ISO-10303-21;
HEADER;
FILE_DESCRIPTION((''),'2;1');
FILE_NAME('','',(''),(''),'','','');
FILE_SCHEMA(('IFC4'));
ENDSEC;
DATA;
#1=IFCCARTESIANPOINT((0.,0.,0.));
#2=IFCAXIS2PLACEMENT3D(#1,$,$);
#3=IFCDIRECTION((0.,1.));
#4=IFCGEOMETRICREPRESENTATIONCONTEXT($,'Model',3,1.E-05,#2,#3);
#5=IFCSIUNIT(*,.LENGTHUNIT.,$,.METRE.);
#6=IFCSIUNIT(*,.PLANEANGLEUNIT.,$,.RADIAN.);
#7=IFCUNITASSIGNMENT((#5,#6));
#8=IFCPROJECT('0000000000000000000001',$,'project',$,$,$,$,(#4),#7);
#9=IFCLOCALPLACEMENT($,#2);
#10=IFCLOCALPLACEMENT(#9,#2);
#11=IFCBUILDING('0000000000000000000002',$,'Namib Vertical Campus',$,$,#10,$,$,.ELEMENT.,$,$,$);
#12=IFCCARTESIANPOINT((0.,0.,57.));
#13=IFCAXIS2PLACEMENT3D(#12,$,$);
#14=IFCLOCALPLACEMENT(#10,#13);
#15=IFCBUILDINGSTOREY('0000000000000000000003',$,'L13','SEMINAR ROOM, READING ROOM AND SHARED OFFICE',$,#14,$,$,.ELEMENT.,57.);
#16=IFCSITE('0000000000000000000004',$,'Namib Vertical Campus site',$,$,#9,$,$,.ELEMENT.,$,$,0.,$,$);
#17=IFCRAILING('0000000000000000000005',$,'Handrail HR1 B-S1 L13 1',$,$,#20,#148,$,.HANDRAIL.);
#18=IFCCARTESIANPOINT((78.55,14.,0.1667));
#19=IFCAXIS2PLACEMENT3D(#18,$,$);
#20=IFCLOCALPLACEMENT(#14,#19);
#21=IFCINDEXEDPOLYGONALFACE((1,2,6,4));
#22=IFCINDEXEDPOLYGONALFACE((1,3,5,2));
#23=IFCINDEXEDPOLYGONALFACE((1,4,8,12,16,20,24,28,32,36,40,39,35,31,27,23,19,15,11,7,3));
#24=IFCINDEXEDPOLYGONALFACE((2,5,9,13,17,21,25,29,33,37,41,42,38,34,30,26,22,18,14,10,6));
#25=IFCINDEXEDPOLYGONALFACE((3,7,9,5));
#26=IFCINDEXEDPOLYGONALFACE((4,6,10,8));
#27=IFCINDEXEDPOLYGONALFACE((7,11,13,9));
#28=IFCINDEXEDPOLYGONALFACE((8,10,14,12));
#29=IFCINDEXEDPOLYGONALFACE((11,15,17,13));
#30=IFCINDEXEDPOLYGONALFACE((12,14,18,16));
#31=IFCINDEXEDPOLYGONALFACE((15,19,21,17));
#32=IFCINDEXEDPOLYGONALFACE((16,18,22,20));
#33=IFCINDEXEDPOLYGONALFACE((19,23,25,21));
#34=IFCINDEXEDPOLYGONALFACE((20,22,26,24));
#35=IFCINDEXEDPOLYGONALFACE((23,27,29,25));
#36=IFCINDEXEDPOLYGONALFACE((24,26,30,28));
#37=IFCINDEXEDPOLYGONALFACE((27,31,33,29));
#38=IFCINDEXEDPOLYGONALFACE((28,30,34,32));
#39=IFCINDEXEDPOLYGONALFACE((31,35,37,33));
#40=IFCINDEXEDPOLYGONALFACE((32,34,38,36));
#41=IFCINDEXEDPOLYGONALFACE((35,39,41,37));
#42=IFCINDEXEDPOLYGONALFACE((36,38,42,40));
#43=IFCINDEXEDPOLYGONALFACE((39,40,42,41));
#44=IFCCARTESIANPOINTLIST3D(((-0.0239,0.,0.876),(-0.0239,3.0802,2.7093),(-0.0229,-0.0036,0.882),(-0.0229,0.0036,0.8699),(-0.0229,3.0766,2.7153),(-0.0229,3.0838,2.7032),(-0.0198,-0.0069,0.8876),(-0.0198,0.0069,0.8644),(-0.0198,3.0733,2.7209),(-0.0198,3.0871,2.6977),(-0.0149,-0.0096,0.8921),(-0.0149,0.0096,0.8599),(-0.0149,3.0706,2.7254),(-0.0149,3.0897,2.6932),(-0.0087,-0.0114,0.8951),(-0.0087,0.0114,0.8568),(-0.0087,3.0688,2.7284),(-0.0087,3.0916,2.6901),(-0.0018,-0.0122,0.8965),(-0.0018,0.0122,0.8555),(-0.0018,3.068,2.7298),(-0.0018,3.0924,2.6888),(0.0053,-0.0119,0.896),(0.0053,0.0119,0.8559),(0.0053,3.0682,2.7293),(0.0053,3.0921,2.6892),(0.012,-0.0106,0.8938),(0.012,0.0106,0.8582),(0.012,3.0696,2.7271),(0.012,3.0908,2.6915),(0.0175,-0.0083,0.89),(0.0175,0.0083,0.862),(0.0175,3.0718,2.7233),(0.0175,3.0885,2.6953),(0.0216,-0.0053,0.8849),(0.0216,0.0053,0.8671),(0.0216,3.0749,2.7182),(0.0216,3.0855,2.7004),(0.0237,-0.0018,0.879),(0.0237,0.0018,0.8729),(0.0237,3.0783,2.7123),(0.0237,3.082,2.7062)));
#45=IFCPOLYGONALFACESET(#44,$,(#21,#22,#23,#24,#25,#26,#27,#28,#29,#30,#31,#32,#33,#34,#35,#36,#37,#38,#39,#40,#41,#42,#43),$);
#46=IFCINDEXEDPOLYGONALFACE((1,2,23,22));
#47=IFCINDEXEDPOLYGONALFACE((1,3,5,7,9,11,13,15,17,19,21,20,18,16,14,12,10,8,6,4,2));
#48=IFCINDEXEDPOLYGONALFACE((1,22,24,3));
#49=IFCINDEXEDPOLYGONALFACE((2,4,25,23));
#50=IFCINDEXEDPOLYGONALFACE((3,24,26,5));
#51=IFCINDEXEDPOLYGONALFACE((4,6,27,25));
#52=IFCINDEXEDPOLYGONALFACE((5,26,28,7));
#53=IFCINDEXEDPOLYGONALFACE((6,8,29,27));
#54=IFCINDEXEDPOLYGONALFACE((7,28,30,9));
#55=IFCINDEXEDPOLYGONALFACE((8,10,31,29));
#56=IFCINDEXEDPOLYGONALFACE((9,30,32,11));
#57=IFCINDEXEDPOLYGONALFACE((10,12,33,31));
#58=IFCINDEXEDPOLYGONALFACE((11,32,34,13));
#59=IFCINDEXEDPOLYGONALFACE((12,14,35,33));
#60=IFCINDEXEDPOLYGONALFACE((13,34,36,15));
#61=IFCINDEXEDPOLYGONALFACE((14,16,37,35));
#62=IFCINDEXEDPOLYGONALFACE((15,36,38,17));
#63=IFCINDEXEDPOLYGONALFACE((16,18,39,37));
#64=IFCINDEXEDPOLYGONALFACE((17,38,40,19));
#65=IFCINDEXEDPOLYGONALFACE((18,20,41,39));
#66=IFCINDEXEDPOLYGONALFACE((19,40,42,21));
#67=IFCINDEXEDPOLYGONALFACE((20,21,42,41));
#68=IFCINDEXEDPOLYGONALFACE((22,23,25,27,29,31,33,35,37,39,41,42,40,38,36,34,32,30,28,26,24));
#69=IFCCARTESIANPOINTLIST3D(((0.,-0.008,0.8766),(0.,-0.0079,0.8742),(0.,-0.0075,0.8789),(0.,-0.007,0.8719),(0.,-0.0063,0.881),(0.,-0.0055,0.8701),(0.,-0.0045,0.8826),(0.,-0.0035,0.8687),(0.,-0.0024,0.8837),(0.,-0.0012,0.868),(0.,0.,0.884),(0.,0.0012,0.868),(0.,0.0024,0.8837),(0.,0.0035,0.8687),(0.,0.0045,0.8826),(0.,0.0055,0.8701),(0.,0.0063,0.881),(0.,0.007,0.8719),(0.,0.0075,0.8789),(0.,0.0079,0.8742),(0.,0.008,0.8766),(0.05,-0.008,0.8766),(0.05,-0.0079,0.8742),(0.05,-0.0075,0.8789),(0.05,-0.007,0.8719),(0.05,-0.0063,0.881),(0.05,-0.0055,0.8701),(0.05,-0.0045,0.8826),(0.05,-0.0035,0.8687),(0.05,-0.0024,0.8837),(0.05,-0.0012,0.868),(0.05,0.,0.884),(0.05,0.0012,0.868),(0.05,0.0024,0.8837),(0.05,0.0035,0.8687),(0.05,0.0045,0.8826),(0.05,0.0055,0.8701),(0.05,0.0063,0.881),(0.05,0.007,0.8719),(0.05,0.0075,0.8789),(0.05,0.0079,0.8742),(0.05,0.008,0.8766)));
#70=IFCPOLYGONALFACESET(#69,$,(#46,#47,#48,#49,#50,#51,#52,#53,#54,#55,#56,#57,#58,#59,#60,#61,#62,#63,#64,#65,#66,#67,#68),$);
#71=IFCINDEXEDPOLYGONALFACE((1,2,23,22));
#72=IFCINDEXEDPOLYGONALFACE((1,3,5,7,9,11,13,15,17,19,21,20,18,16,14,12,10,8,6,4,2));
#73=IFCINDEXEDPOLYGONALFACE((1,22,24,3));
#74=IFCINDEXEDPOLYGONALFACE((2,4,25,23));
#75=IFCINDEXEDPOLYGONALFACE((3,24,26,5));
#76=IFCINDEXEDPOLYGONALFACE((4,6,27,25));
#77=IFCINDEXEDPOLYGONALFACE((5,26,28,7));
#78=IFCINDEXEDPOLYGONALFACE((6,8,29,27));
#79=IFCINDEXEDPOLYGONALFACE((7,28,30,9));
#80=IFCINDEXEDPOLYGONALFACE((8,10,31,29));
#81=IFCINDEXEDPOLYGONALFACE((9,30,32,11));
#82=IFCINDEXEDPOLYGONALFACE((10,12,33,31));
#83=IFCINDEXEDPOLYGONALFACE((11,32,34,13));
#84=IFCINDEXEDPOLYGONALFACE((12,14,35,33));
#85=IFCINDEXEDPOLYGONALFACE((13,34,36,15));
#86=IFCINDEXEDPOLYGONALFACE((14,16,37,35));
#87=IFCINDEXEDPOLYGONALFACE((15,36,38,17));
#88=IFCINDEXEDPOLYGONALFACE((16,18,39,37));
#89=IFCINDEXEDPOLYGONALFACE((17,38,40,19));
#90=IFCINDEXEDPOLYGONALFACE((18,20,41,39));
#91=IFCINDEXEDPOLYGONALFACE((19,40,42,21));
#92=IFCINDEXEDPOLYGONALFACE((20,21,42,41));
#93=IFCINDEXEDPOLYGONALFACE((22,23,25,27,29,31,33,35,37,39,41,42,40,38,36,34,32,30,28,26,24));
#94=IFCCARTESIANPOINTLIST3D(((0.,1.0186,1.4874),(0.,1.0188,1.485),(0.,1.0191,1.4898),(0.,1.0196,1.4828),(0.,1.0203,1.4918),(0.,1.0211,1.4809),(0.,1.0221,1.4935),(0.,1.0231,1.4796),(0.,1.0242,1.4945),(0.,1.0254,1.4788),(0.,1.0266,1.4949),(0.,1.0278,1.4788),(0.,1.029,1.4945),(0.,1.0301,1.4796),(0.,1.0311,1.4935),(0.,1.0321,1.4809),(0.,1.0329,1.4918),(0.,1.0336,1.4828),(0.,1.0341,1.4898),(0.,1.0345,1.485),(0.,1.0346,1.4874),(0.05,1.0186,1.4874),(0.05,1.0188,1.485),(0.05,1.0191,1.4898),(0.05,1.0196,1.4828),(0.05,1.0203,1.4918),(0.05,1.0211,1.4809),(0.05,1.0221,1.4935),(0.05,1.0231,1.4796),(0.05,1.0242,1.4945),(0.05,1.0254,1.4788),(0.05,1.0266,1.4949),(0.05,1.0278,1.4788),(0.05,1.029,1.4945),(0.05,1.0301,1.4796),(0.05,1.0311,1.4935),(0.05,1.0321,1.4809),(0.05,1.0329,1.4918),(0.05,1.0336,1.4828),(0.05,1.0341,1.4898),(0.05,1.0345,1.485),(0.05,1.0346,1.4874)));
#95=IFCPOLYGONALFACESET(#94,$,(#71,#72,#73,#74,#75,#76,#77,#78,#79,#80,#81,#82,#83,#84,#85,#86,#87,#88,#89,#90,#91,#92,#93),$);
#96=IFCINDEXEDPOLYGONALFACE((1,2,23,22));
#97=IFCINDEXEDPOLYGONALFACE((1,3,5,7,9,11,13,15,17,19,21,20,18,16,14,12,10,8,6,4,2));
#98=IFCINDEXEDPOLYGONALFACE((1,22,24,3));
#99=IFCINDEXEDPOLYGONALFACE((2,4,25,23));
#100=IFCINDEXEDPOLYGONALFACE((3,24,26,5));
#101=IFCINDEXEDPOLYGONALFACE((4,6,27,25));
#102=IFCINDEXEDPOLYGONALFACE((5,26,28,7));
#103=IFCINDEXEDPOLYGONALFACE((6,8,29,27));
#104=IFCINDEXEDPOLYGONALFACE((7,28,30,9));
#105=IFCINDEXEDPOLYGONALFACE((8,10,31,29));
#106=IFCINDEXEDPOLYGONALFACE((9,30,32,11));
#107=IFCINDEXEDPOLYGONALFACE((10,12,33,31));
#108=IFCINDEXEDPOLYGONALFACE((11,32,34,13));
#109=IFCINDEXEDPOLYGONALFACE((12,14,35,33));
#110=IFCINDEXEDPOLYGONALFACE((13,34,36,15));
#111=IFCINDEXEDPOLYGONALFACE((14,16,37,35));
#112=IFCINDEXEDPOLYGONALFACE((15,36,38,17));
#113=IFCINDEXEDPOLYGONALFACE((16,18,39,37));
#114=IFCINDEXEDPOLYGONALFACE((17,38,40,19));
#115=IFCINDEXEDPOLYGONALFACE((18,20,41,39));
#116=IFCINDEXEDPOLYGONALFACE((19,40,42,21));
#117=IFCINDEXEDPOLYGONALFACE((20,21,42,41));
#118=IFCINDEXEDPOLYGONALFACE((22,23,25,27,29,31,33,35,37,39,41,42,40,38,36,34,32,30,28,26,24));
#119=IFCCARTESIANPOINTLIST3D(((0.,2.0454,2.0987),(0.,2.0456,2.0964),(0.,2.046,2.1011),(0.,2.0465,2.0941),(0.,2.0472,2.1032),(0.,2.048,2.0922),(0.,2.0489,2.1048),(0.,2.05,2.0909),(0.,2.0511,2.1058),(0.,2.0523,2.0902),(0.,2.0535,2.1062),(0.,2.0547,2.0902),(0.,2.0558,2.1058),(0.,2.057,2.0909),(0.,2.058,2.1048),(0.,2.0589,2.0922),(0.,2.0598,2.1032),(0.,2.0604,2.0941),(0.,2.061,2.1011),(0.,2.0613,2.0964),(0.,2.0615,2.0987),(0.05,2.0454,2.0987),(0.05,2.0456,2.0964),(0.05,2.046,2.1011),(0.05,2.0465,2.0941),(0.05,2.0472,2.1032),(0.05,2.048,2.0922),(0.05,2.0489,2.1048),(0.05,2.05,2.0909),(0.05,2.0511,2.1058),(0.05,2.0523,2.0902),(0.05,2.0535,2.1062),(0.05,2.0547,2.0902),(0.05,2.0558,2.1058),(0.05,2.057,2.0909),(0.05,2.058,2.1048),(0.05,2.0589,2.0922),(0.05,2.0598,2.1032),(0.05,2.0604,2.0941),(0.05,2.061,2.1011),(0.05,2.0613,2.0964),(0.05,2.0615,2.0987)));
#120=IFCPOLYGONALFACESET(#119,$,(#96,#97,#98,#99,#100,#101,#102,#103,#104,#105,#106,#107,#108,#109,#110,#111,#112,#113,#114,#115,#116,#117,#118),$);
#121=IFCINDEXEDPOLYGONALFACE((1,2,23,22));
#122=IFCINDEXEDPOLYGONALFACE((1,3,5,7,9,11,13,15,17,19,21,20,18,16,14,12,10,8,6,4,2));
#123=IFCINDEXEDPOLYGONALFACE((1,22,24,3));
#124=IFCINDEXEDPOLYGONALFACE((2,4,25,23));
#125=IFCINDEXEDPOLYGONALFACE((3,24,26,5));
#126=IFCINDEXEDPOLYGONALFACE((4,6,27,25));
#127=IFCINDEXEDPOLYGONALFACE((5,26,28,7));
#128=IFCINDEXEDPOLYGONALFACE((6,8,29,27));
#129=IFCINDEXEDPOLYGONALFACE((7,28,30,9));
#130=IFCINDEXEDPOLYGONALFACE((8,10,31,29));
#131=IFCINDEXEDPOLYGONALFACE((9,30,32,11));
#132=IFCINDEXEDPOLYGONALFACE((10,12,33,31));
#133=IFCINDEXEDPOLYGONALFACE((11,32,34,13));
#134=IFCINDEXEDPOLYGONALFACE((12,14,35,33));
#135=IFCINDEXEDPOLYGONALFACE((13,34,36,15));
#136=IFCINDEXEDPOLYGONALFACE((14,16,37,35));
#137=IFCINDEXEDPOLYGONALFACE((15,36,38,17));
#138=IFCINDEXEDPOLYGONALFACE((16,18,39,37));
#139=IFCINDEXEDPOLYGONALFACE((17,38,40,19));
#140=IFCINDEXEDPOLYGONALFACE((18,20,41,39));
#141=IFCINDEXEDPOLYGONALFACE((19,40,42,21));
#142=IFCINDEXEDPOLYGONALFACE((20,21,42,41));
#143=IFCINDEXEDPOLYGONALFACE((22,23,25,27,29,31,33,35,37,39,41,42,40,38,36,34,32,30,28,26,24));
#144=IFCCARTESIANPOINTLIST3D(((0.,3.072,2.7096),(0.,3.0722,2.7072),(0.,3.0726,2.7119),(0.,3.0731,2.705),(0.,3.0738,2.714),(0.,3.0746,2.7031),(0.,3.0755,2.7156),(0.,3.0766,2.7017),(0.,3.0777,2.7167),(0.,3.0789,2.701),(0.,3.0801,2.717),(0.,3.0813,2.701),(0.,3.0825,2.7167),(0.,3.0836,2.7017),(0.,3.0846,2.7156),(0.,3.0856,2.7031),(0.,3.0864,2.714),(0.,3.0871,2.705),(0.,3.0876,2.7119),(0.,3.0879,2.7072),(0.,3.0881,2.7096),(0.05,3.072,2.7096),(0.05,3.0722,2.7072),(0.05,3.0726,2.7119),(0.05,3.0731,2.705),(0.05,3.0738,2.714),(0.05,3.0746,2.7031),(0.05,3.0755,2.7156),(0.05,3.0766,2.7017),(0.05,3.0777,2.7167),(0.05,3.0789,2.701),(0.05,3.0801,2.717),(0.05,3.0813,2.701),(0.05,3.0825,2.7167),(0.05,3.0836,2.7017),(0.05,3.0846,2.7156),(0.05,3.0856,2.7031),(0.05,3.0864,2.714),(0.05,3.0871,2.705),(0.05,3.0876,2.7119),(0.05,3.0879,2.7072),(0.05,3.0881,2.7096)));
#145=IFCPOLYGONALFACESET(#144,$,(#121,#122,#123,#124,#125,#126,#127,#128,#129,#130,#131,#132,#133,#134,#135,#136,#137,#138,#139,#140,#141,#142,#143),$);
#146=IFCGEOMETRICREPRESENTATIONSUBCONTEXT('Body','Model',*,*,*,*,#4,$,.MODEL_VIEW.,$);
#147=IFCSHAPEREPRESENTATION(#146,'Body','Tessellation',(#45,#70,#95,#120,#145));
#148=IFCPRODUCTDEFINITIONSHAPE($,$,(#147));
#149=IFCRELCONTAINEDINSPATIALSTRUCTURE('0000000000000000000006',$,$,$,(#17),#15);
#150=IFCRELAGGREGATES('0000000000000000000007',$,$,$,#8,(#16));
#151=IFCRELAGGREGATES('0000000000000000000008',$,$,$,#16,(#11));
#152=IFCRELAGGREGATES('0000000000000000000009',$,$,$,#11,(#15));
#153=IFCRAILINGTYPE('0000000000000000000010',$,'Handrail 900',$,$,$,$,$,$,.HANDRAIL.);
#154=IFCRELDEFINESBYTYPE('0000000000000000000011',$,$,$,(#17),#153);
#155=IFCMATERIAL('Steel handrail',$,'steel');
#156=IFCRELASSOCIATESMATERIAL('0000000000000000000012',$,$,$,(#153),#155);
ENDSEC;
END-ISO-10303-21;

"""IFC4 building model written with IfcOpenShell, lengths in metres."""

from ifc_helpers import new_model, si_unit, direction, frame, origin, origin_2d, place, context, subcontext, project, spatial, circle, extrude, material, type_object, element, save


model = new_model("IFC4")

# Units and contexts
model_context = context("Model", 3, precision=1e-05, world=origin(), true_north=direction((0.0, 1.0)))
body_context = subcontext(model_context, "Body", "Model", "MODEL_VIEW")
ifc_project = project(units=[si_unit("LENGTHUNIT", "METRE"), si_unit("PLANEANGLEUNIT", "RADIAN")], contexts=[model_context])

# Site, building, storey
site_placement = place(None, origin())
site = spatial("IfcSite", under=ifc_project, at=site_placement, Name="Namib Vertical Campus site", CompositionType="ELEMENT", RefElevation=0.0)
building_placement = place(site_placement, origin())
building = spatial("IfcBuilding", under=site, at=building_placement, Name="Namib Vertical Campus", CompositionType="ELEMENT")
storey_placement = place(building_placement, frame((0.0, 0.0, 57.0)))
storey = spatial("IfcBuildingStorey", under=building, at=storey_placement, Name="L13", Description="SEMINAR ROOM, READING ROOM AND SHARED OFFICE", CompositionType="ELEMENT", Elevation=57.0)

# Railing
ifc_material_1 = material(Name="Steel handrail", Category="steel")
railing_type_1 = type_object("IfcRailingType", Name="Handrail 900", PredefinedType="HANDRAIL", material=ifc_material_1)
railing_1_placement = place(storey_placement, frame((78.55, 14.0, 0.1667)))
element("IfcRailing", 1, at=railing_1_placement, inside=storey, type_object=railing_type_1, Name="Handrail HR1 B-S1 L13 1", PredefinedType="HANDRAIL", context=body_context, shape_type="SweptSolid", body=[
    extrude(circle(Radius=0.0239, at=origin_2d()), frame((0.0, 0.0, 0.876), z_axis=(0.0, 0.859309, 0.511458), x_axis=(-1.0, 0.0, 0.0)), (0.0, 0.0, 1.0), 3.5845),
    extrude(circle(Radius=0.0081, at=origin_2d()), frame((0.0, 0.0, 0.876), z_axis=(1.0, 0.0, 0.0), x_axis=(0.0, 0.0, 1.0)), (0.0, 0.0, 1.0), 0.05),
    extrude(circle(Radius=0.0081, at=origin_2d()), frame((0.0, 1.0266, 1.4868), z_axis=(1.0, 0.0, 0.0), x_axis=(0.0, 0.0, 1.0)), (0.0, 0.0, 1.0), 0.05),
    extrude(circle(Radius=0.0081, at=origin_2d()), frame((0.0, 2.0535, 2.0981), z_axis=(1.0, 0.0, 0.0), x_axis=(0.0, 0.0, 1.0)), (0.0, 0.0, 1.0), 0.05),
    extrude(circle(Radius=0.0081, at=origin_2d()), frame((0.0, 3.0801, 2.709), z_axis=(1.0, 0.0, 0.0), x_axis=(0.0, 0.0, 1.0)), (0.0, 0.0, 1.0), 0.05),
])

save(model, "model.ifc")
